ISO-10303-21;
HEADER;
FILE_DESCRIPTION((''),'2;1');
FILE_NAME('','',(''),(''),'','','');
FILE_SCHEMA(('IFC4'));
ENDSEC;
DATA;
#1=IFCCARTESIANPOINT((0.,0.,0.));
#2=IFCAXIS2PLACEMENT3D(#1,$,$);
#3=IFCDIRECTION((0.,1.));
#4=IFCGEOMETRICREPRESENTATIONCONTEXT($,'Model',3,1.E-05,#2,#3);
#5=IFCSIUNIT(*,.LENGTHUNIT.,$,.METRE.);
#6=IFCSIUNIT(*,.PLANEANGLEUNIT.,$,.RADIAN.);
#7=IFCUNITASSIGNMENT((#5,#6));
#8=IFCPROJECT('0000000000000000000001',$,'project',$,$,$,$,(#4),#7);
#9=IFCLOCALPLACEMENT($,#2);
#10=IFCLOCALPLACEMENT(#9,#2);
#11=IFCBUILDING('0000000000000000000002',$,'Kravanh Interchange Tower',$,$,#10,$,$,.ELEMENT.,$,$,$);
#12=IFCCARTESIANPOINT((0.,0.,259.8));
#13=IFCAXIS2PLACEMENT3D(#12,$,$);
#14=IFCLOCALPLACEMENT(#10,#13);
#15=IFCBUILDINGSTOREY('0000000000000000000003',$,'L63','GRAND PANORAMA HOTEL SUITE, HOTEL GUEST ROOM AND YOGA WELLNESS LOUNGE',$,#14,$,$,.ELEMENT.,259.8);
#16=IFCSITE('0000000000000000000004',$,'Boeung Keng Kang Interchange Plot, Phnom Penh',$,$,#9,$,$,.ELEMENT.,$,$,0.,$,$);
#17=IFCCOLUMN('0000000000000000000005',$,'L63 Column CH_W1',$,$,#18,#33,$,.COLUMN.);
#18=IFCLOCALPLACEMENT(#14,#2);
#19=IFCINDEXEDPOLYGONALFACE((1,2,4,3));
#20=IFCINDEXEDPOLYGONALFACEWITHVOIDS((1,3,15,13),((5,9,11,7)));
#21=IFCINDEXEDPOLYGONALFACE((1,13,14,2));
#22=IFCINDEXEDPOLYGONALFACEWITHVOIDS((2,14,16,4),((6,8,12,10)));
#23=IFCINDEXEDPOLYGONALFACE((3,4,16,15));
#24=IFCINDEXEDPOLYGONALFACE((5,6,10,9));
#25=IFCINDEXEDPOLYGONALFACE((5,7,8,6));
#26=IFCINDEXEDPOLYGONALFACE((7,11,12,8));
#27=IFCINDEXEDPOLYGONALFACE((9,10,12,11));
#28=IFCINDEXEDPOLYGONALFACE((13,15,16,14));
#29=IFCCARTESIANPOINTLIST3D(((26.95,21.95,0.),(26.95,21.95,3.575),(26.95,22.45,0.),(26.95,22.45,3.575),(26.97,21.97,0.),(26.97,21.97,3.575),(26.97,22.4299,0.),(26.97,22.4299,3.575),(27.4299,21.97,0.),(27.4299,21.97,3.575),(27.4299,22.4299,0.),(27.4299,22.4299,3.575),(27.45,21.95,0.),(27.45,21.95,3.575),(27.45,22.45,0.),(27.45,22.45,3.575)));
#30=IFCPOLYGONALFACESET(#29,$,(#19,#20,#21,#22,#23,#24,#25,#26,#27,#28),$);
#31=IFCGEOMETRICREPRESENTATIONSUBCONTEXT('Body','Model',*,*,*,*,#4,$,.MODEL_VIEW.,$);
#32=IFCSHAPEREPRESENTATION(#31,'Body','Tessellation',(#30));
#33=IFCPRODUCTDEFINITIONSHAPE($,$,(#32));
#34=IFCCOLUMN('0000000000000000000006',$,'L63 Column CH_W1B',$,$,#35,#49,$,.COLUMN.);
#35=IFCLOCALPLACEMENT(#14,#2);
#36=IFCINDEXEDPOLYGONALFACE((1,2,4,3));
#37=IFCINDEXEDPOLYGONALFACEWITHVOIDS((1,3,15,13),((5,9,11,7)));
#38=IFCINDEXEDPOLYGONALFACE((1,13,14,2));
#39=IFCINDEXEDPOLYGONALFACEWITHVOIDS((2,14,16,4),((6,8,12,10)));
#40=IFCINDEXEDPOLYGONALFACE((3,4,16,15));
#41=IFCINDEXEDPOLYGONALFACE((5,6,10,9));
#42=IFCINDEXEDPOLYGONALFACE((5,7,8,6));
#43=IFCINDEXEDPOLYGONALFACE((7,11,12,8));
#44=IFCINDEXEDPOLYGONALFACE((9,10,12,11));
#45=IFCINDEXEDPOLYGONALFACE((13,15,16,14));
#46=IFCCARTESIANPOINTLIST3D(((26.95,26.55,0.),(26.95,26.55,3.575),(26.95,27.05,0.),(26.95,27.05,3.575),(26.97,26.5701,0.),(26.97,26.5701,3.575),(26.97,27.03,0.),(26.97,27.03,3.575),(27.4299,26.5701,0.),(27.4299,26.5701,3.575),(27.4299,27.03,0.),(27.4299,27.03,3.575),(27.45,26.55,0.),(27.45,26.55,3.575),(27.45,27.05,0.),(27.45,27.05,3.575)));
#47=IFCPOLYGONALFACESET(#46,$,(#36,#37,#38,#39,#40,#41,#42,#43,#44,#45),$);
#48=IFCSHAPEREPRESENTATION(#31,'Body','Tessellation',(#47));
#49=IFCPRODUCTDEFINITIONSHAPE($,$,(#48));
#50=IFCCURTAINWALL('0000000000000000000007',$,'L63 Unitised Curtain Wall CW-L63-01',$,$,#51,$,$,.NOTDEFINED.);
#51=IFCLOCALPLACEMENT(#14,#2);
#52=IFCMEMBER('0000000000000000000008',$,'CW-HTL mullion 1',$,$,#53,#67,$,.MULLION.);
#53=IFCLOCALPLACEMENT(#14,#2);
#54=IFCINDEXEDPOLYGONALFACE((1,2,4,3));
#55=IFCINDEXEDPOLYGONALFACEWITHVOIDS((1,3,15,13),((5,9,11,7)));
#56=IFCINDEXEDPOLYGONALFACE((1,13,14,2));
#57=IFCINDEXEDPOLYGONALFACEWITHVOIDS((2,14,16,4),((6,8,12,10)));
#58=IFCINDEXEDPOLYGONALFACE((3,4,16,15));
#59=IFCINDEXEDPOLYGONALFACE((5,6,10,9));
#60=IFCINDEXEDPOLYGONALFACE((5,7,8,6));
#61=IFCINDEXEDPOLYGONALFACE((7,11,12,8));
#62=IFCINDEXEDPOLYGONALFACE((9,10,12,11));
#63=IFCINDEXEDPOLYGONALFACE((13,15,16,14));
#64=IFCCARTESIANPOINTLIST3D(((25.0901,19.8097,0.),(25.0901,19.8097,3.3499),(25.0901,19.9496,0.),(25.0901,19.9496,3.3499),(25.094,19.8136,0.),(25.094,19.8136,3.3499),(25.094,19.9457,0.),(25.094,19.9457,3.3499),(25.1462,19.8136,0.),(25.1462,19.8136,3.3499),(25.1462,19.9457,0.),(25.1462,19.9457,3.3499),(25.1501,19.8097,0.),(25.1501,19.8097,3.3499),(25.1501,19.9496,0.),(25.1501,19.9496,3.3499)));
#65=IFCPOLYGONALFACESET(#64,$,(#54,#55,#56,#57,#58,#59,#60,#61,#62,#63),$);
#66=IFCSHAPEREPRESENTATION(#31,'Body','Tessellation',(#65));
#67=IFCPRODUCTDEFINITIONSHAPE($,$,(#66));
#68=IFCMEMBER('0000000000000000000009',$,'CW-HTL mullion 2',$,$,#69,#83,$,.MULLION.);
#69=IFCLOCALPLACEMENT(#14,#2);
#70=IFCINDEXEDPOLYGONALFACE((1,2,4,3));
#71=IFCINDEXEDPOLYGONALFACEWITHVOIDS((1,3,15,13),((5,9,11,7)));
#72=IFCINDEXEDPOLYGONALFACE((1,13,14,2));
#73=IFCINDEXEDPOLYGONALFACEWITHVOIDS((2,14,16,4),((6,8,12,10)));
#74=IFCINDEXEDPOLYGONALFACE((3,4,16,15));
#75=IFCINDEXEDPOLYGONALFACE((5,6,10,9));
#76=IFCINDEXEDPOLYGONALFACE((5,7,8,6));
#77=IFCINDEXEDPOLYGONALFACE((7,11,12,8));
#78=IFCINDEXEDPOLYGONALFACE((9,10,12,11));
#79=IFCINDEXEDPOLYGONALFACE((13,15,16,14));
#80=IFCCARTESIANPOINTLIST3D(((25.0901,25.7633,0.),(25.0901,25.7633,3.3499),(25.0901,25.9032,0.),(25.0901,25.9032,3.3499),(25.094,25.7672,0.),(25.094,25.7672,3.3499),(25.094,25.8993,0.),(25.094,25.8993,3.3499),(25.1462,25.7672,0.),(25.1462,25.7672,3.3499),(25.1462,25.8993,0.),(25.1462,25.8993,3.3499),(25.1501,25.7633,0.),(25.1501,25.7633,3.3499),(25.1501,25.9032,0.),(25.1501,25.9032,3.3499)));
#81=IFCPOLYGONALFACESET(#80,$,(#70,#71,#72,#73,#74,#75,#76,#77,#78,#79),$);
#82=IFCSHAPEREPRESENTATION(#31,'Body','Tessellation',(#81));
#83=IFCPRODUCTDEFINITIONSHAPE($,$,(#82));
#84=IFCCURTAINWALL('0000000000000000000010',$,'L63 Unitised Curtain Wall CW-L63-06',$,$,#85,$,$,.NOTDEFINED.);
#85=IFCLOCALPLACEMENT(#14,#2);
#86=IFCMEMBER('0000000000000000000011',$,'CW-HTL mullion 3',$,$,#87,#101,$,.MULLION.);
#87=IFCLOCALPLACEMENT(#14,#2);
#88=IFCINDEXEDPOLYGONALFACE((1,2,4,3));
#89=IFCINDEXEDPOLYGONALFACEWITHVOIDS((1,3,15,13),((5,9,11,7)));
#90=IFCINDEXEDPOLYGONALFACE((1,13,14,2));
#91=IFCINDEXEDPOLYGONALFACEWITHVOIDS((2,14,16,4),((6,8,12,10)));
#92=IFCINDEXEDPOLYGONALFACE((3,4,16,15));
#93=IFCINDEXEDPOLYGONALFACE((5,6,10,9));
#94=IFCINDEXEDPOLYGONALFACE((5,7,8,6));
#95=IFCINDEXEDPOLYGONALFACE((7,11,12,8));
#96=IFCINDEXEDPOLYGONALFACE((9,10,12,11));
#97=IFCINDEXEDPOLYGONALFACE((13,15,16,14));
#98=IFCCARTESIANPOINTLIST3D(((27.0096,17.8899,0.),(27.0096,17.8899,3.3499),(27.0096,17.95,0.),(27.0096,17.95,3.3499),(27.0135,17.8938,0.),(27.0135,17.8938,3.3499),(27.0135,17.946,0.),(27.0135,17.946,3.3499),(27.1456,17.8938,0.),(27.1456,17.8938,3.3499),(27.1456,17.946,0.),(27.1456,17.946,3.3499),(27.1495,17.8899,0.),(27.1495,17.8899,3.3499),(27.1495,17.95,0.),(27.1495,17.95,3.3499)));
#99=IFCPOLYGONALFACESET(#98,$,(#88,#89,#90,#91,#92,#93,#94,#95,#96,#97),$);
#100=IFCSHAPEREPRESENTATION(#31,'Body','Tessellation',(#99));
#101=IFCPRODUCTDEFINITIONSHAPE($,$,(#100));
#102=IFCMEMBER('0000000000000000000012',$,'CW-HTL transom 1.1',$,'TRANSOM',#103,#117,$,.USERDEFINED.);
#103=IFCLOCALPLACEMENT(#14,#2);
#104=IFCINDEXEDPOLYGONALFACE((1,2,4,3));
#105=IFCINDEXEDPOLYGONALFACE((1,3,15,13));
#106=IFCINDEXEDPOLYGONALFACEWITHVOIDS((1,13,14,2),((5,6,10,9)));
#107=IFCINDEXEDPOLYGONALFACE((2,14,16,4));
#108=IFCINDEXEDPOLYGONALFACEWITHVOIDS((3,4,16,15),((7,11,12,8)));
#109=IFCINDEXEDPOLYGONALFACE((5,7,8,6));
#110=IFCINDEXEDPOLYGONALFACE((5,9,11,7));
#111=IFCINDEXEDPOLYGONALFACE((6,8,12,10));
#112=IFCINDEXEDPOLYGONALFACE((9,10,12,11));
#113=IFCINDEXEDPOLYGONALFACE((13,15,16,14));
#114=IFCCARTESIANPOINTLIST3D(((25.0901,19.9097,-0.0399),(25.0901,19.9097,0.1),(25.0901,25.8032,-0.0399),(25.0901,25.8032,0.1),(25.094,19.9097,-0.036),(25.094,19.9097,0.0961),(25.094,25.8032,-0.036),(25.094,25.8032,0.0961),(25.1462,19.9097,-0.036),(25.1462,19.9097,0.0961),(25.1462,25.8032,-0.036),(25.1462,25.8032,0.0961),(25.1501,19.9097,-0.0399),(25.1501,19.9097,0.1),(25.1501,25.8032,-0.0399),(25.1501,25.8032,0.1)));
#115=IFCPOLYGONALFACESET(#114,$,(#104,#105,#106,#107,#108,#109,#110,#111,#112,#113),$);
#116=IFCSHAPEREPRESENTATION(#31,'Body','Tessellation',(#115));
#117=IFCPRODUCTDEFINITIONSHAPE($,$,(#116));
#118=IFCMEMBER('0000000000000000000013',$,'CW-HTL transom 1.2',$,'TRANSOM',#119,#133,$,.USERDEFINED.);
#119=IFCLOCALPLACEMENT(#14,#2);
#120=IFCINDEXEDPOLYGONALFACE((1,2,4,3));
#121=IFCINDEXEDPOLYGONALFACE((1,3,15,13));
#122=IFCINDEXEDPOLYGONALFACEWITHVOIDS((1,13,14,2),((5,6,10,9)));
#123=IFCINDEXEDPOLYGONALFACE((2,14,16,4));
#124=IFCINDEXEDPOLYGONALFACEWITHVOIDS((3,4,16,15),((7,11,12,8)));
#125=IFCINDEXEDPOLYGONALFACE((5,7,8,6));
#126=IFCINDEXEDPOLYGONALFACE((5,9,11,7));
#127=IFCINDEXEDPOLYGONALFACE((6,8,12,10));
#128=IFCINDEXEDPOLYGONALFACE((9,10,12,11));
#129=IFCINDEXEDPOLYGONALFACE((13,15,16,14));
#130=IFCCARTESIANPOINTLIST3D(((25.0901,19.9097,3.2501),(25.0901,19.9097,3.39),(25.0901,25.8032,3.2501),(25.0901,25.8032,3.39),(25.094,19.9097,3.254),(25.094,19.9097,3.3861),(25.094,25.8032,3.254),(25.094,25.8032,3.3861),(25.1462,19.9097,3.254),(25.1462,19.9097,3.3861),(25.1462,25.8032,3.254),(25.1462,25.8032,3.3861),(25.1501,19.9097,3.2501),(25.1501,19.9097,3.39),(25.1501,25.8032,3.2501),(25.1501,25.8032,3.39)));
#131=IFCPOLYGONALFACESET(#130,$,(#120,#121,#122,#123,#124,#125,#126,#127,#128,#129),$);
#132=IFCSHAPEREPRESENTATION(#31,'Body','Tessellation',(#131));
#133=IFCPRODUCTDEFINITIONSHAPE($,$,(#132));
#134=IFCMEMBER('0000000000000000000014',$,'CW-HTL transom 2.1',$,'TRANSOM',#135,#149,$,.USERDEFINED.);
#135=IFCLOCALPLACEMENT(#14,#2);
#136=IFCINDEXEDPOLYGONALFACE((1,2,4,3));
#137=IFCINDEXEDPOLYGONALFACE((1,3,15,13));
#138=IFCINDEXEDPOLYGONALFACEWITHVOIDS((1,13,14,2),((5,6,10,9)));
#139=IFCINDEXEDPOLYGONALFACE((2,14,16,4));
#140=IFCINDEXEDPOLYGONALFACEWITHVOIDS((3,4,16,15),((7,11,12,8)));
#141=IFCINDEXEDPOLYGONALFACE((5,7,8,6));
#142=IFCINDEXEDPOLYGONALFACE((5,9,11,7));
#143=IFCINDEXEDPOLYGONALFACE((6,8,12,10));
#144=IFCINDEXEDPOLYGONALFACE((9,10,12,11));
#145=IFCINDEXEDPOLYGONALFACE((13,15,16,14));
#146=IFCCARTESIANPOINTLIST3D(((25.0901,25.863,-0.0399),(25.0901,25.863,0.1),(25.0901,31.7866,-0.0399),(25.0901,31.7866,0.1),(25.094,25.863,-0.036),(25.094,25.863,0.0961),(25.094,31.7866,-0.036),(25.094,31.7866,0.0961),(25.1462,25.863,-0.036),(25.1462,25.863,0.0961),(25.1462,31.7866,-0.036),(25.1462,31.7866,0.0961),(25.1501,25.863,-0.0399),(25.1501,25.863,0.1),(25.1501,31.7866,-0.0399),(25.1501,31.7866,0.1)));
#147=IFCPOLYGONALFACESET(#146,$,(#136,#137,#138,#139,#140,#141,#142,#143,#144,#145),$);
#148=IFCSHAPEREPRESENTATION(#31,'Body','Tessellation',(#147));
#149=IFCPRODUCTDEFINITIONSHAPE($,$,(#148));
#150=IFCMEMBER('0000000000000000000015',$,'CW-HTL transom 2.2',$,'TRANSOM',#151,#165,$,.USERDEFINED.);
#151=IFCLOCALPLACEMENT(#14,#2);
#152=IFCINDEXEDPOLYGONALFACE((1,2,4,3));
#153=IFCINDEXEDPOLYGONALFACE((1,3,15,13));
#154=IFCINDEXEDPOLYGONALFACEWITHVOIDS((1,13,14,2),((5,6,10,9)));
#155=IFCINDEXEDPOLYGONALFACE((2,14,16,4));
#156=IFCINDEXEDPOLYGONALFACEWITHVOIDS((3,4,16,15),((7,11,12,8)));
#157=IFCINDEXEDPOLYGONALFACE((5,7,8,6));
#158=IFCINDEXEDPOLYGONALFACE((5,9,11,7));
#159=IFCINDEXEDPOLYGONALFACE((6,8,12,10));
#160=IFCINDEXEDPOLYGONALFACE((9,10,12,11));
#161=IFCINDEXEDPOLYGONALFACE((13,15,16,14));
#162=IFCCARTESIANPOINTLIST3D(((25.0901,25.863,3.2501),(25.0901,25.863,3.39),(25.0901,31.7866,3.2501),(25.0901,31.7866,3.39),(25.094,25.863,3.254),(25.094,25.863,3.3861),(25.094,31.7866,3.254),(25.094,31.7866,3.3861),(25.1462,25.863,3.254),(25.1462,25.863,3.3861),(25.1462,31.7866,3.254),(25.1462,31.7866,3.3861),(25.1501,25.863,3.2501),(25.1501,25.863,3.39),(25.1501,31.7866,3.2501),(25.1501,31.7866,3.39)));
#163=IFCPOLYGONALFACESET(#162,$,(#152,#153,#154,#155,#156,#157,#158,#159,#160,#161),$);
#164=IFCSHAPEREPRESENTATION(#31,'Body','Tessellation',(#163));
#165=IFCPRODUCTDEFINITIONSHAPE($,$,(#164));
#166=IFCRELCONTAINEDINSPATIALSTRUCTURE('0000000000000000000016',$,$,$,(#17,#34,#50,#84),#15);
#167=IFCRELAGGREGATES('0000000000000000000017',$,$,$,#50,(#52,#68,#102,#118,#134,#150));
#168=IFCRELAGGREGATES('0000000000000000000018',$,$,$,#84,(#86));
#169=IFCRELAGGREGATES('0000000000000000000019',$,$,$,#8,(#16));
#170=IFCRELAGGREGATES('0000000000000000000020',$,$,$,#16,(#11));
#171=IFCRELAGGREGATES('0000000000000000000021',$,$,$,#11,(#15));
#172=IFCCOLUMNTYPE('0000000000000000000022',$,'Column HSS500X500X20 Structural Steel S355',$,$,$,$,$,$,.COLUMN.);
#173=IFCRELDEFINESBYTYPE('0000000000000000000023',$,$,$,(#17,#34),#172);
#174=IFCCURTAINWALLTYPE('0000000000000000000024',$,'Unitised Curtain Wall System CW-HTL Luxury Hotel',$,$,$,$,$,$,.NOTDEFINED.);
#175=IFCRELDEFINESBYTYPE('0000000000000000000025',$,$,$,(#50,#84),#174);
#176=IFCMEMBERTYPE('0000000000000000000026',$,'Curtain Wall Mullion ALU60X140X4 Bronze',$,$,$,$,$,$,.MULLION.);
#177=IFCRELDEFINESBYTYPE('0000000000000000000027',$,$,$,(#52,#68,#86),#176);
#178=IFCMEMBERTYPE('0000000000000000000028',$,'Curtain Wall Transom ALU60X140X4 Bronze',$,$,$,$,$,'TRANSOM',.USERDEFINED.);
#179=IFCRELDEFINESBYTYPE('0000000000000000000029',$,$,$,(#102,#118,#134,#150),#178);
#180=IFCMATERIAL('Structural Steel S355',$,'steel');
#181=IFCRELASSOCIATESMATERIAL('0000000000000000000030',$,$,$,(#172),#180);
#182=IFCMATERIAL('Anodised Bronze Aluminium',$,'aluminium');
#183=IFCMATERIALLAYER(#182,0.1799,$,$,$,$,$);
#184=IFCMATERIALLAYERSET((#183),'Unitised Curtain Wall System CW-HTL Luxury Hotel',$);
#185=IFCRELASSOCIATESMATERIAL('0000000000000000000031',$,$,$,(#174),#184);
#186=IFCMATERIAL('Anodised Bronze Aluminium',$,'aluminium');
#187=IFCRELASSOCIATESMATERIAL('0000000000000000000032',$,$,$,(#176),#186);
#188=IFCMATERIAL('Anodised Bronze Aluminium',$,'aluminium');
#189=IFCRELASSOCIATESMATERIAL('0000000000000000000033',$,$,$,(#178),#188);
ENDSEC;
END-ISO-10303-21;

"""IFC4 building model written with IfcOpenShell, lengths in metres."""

from ifc_helpers import new_model, si_unit, direction, frame, origin, origin_2d, place, context, subcontext, project, spatial, hollow_rectangle, extrude, material, layer, layer_set, material_profile, profile_set, type_object, element, aggregate, save


model = new_model("IFC4")

# Units and contexts
model_context = context("Model", 3, precision=1e-05, world=origin(), true_north=direction((0.0, 1.0)))
body_context = subcontext(model_context, "Body", "Model", "MODEL_VIEW")
ifc_project = project(units=[si_unit("LENGTHUNIT", "METRE"), si_unit("PLANEANGLEUNIT", "RADIAN")], contexts=[model_context])

# Site, building, storey
site_placement = place(None, origin())
site = spatial("IfcSite", under=ifc_project, at=site_placement, Name="Boeung Keng Kang Interchange Plot, Phnom Penh", CompositionType="ELEMENT", RefElevation=0.0)
building_placement = place(site_placement, origin())
building = spatial("IfcBuilding", under=site, at=building_placement, Name="Kravanh Interchange Tower", CompositionType="ELEMENT")
storey_placement = place(building_placement, frame((0.0, 0.0, 259.8)))
storey = spatial("IfcBuildingStorey", under=building, at=storey_placement, Name="L63", Description="GRAND PANORAMA HOTEL SUITE, HOTEL GUEST ROOM AND YOGA WELLNESS LOUNGE", CompositionType="ELEMENT", Elevation=259.8)

# Columns
ifc_material_1 = material(Name="Structural Steel S355", Category="steel")
ifc_material_profile_1 = material_profile(ifc_material_1, hollow_rectangle(XDim=0.5, YDim=0.5, WallThickness=0.02, at=origin_2d()), Name="HSS500X500X20")
ifc_profile_set_1 = profile_set([ifc_material_profile_1], Name="Structural Steel S355")
column_type = type_object("IfcColumnType", Name="Column HSS500X500X20 Structural Steel S355", PredefinedType="COLUMN", material=ifc_profile_set_1)
for number, where, z_axis, x_axis, name in (
    (1, (27.2, 22.2, 0.0), (0.0, 0.0, 1.0), (1.0, 0.0, 0.0), "L63 Column CH_W1"),
    (2, (27.2, 26.8, 0.0), (0.0, 0.0, 1.0), (1.0, 0.0, 0.0), "L63 Column CH_W1B"),
):
    element("IfcColumn", number, at=place(storey_placement, frame(where, z_axis=z_axis, x_axis=x_axis)), inside=storey, type_object=column_type, Name=name, PredefinedType="COLUMN", context=body_context, shape_type="SweptSolid", body=[
        extrude(hollow_rectangle(XDim=0.5, YDim=0.5, WallThickness=0.02, at=origin_2d()), origin(), (0.0, 0.0, 1.0), 3.575),
    ])

# Curtain wall, members
ifc_material_2 = material(Name="Anodised Bronze Aluminium", Category="aluminium")
ifc_layer_1 = layer(ifc_material_2, 0.1799)
ifc_layer_set_1 = layer_set([ifc_layer_1], Name="Unitised Curtain Wall System CW-HTL Luxury Hotel")
curtain_wall_type = type_object("IfcCurtainWallType", Name="Unitised Curtain Wall System CW-HTL Luxury Hotel", PredefinedType="NOTDEFINED", material=ifc_layer_set_1)
curtain_wall_1_placement = place(storey_placement, origin())
curtain_wall_1 = element("IfcCurtainWall", 3, at=curtain_wall_1_placement, inside=storey, type_object=curtain_wall_type, Name="L63 Unitised Curtain Wall CW-L63-01", PredefinedType="NOTDEFINED")
ifc_material_3 = material(Name="Anodised Bronze Aluminium", Category="aluminium")
ifc_material_profile_2 = material_profile(ifc_material_3, hollow_rectangle(XDim=0.0601, YDim=0.1399, WallThickness=0.0039, at=origin_2d()), Name="ALU60X140X4")
ifc_profile_set_2 = profile_set([ifc_material_profile_2], Name="Anodised Bronze Aluminium")
member_type_1 = type_object("IfcMemberType", Name="Curtain Wall Mullion ALU60X140X4 Bronze", PredefinedType="MULLION", material=ifc_profile_set_2)
member_1_placement = place(storey_placement, frame((25.1201, 19.8796, 0.0), z_axis=(0.0, 0.0, 1.0), x_axis=(-1.0, 0.0, 0.0)))
member_1 = element("IfcMember", 4, at=member_1_placement, type_object=member_type_1, Name="CW-HTL mullion 1", PredefinedType="MULLION", context=body_context, shape_type="SweptSolid", body=[
    extrude(hollow_rectangle(XDim=0.0601, YDim=0.1399, WallThickness=0.0039, at=origin_2d()), origin(), (0.0, 0.0, 1.0), 3.3499),
])
member_2_placement = place(storey_placement, frame((25.1201, 25.8333, 0.0), z_axis=(0.0, 0.0, 1.0), x_axis=(-1.0, 0.0, 0.0)))
member_2 = element("IfcMember", 5, at=member_2_placement, type_object=member_type_1, Name="CW-HTL mullion 2", PredefinedType="MULLION", context=body_context, shape_type="SweptSolid", body=[
    extrude(hollow_rectangle(XDim=0.0601, YDim=0.1399, WallThickness=0.0039, at=origin_2d()), origin(), (0.0, 0.0, 1.0), 3.3499),
])

# Curtain wall, member
curtain_wall_2_placement = place(storey_placement, origin())
curtain_wall_2 = element("IfcCurtainWall", 6, at=curtain_wall_2_placement, inside=storey, type_object=curtain_wall_type, Name="L63 Unitised Curtain Wall CW-L63-06", PredefinedType="NOTDEFINED")
member_3_placement = place(storey_placement, frame((27.0796, 17.9199, 0.0), z_axis=(0.0, 0.0, 1.0), x_axis=(0.0, -1.0, 0.0)))
member_3 = element("IfcMember", 7, at=member_3_placement, type_object=member_type_1, Name="CW-HTL mullion 3", PredefinedType="MULLION", context=body_context, shape_type="SweptSolid", body=[
    extrude(hollow_rectangle(XDim=0.0601, YDim=0.1399, WallThickness=0.0039, at=origin_2d()), origin(), (0.0, 0.0, 1.0), 3.3499),
])

# Members
ifc_material_4 = material(Name="Anodised Bronze Aluminium", Category="aluminium")
ifc_material_profile_3 = material_profile(ifc_material_4, hollow_rectangle(XDim=0.0601, YDim=0.1399, WallThickness=0.0039, at=origin_2d()), Name="ALU60X140X4")
ifc_profile_set_3 = profile_set([ifc_material_profile_3], Name="Anodised Bronze Aluminium")
member_type_2 = type_object("IfcMemberType", Name="Curtain Wall Transom ALU60X140X4 Bronze", ElementType="TRANSOM", PredefinedType="USERDEFINED", material=ifc_profile_set_3)
member_4_placement = place(storey_placement, frame((25.1201, 19.9097, 0.03), z_axis=(0.0, 1.0, 0.0), x_axis=(-1.0, 0.0, 0.0)))
member_4 = element("IfcMember", 8, at=member_4_placement, type_object=member_type_2, Name="CW-HTL transom 1.1", ObjectType="TRANSOM", PredefinedType="USERDEFINED", context=body_context, shape_type="SweptSolid", body=[
    extrude(hollow_rectangle(XDim=0.0601, YDim=0.1399, WallThickness=0.0039, at=origin_2d()), origin(), (0.0, 0.0, 1.0), 5.8936),
])
member_5_placement = place(storey_placement, frame((25.1201, 19.9097, 3.3201), z_axis=(0.0, 1.0, 0.0), x_axis=(-1.0, 0.0, 0.0)))
member_5 = element("IfcMember", 9, at=member_5_placement, type_object=member_type_2, Name="CW-HTL transom 1.2", ObjectType="TRANSOM", PredefinedType="USERDEFINED", context=body_context, shape_type="SweptSolid", body=[
    extrude(hollow_rectangle(XDim=0.0601, YDim=0.1399, WallThickness=0.0039, at=origin_2d()), origin(), (0.0, 0.0, 1.0), 5.8936),
])
member_6_placement = place(storey_placement, frame((25.1201, 25.863, 0.03), z_axis=(0.0, 1.0, 0.0), x_axis=(-1.0, 0.0, 0.0)))
member_6 = element("IfcMember", 10, at=member_6_placement, type_object=member_type_2, Name="CW-HTL transom 2.1", ObjectType="TRANSOM", PredefinedType="USERDEFINED", context=body_context, shape_type="SweptSolid", body=[
    extrude(hollow_rectangle(XDim=0.0601, YDim=0.1399, WallThickness=0.0039, at=origin_2d()), origin(), (0.0, 0.0, 1.0), 5.9236),
])
member_7_placement = place(storey_placement, frame((25.1201, 25.863, 3.3201), z_axis=(0.0, 1.0, 0.0), x_axis=(-1.0, 0.0, 0.0)))
member_7 = element("IfcMember", 11, at=member_7_placement, type_object=member_type_2, Name="CW-HTL transom 2.2", ObjectType="TRANSOM", PredefinedType="USERDEFINED", context=body_context, shape_type="SweptSolid", body=[
    extrude(hollow_rectangle(XDim=0.0601, YDim=0.1399, WallThickness=0.0039, at=origin_2d()), origin(), (0.0, 0.0, 1.0), 5.9236),
])

aggregate(curtain_wall_1, [member_1, member_2, member_4, member_5, member_6, member_7])
aggregate(curtain_wall_2, [member_3])

save(model, "model.ifc")
